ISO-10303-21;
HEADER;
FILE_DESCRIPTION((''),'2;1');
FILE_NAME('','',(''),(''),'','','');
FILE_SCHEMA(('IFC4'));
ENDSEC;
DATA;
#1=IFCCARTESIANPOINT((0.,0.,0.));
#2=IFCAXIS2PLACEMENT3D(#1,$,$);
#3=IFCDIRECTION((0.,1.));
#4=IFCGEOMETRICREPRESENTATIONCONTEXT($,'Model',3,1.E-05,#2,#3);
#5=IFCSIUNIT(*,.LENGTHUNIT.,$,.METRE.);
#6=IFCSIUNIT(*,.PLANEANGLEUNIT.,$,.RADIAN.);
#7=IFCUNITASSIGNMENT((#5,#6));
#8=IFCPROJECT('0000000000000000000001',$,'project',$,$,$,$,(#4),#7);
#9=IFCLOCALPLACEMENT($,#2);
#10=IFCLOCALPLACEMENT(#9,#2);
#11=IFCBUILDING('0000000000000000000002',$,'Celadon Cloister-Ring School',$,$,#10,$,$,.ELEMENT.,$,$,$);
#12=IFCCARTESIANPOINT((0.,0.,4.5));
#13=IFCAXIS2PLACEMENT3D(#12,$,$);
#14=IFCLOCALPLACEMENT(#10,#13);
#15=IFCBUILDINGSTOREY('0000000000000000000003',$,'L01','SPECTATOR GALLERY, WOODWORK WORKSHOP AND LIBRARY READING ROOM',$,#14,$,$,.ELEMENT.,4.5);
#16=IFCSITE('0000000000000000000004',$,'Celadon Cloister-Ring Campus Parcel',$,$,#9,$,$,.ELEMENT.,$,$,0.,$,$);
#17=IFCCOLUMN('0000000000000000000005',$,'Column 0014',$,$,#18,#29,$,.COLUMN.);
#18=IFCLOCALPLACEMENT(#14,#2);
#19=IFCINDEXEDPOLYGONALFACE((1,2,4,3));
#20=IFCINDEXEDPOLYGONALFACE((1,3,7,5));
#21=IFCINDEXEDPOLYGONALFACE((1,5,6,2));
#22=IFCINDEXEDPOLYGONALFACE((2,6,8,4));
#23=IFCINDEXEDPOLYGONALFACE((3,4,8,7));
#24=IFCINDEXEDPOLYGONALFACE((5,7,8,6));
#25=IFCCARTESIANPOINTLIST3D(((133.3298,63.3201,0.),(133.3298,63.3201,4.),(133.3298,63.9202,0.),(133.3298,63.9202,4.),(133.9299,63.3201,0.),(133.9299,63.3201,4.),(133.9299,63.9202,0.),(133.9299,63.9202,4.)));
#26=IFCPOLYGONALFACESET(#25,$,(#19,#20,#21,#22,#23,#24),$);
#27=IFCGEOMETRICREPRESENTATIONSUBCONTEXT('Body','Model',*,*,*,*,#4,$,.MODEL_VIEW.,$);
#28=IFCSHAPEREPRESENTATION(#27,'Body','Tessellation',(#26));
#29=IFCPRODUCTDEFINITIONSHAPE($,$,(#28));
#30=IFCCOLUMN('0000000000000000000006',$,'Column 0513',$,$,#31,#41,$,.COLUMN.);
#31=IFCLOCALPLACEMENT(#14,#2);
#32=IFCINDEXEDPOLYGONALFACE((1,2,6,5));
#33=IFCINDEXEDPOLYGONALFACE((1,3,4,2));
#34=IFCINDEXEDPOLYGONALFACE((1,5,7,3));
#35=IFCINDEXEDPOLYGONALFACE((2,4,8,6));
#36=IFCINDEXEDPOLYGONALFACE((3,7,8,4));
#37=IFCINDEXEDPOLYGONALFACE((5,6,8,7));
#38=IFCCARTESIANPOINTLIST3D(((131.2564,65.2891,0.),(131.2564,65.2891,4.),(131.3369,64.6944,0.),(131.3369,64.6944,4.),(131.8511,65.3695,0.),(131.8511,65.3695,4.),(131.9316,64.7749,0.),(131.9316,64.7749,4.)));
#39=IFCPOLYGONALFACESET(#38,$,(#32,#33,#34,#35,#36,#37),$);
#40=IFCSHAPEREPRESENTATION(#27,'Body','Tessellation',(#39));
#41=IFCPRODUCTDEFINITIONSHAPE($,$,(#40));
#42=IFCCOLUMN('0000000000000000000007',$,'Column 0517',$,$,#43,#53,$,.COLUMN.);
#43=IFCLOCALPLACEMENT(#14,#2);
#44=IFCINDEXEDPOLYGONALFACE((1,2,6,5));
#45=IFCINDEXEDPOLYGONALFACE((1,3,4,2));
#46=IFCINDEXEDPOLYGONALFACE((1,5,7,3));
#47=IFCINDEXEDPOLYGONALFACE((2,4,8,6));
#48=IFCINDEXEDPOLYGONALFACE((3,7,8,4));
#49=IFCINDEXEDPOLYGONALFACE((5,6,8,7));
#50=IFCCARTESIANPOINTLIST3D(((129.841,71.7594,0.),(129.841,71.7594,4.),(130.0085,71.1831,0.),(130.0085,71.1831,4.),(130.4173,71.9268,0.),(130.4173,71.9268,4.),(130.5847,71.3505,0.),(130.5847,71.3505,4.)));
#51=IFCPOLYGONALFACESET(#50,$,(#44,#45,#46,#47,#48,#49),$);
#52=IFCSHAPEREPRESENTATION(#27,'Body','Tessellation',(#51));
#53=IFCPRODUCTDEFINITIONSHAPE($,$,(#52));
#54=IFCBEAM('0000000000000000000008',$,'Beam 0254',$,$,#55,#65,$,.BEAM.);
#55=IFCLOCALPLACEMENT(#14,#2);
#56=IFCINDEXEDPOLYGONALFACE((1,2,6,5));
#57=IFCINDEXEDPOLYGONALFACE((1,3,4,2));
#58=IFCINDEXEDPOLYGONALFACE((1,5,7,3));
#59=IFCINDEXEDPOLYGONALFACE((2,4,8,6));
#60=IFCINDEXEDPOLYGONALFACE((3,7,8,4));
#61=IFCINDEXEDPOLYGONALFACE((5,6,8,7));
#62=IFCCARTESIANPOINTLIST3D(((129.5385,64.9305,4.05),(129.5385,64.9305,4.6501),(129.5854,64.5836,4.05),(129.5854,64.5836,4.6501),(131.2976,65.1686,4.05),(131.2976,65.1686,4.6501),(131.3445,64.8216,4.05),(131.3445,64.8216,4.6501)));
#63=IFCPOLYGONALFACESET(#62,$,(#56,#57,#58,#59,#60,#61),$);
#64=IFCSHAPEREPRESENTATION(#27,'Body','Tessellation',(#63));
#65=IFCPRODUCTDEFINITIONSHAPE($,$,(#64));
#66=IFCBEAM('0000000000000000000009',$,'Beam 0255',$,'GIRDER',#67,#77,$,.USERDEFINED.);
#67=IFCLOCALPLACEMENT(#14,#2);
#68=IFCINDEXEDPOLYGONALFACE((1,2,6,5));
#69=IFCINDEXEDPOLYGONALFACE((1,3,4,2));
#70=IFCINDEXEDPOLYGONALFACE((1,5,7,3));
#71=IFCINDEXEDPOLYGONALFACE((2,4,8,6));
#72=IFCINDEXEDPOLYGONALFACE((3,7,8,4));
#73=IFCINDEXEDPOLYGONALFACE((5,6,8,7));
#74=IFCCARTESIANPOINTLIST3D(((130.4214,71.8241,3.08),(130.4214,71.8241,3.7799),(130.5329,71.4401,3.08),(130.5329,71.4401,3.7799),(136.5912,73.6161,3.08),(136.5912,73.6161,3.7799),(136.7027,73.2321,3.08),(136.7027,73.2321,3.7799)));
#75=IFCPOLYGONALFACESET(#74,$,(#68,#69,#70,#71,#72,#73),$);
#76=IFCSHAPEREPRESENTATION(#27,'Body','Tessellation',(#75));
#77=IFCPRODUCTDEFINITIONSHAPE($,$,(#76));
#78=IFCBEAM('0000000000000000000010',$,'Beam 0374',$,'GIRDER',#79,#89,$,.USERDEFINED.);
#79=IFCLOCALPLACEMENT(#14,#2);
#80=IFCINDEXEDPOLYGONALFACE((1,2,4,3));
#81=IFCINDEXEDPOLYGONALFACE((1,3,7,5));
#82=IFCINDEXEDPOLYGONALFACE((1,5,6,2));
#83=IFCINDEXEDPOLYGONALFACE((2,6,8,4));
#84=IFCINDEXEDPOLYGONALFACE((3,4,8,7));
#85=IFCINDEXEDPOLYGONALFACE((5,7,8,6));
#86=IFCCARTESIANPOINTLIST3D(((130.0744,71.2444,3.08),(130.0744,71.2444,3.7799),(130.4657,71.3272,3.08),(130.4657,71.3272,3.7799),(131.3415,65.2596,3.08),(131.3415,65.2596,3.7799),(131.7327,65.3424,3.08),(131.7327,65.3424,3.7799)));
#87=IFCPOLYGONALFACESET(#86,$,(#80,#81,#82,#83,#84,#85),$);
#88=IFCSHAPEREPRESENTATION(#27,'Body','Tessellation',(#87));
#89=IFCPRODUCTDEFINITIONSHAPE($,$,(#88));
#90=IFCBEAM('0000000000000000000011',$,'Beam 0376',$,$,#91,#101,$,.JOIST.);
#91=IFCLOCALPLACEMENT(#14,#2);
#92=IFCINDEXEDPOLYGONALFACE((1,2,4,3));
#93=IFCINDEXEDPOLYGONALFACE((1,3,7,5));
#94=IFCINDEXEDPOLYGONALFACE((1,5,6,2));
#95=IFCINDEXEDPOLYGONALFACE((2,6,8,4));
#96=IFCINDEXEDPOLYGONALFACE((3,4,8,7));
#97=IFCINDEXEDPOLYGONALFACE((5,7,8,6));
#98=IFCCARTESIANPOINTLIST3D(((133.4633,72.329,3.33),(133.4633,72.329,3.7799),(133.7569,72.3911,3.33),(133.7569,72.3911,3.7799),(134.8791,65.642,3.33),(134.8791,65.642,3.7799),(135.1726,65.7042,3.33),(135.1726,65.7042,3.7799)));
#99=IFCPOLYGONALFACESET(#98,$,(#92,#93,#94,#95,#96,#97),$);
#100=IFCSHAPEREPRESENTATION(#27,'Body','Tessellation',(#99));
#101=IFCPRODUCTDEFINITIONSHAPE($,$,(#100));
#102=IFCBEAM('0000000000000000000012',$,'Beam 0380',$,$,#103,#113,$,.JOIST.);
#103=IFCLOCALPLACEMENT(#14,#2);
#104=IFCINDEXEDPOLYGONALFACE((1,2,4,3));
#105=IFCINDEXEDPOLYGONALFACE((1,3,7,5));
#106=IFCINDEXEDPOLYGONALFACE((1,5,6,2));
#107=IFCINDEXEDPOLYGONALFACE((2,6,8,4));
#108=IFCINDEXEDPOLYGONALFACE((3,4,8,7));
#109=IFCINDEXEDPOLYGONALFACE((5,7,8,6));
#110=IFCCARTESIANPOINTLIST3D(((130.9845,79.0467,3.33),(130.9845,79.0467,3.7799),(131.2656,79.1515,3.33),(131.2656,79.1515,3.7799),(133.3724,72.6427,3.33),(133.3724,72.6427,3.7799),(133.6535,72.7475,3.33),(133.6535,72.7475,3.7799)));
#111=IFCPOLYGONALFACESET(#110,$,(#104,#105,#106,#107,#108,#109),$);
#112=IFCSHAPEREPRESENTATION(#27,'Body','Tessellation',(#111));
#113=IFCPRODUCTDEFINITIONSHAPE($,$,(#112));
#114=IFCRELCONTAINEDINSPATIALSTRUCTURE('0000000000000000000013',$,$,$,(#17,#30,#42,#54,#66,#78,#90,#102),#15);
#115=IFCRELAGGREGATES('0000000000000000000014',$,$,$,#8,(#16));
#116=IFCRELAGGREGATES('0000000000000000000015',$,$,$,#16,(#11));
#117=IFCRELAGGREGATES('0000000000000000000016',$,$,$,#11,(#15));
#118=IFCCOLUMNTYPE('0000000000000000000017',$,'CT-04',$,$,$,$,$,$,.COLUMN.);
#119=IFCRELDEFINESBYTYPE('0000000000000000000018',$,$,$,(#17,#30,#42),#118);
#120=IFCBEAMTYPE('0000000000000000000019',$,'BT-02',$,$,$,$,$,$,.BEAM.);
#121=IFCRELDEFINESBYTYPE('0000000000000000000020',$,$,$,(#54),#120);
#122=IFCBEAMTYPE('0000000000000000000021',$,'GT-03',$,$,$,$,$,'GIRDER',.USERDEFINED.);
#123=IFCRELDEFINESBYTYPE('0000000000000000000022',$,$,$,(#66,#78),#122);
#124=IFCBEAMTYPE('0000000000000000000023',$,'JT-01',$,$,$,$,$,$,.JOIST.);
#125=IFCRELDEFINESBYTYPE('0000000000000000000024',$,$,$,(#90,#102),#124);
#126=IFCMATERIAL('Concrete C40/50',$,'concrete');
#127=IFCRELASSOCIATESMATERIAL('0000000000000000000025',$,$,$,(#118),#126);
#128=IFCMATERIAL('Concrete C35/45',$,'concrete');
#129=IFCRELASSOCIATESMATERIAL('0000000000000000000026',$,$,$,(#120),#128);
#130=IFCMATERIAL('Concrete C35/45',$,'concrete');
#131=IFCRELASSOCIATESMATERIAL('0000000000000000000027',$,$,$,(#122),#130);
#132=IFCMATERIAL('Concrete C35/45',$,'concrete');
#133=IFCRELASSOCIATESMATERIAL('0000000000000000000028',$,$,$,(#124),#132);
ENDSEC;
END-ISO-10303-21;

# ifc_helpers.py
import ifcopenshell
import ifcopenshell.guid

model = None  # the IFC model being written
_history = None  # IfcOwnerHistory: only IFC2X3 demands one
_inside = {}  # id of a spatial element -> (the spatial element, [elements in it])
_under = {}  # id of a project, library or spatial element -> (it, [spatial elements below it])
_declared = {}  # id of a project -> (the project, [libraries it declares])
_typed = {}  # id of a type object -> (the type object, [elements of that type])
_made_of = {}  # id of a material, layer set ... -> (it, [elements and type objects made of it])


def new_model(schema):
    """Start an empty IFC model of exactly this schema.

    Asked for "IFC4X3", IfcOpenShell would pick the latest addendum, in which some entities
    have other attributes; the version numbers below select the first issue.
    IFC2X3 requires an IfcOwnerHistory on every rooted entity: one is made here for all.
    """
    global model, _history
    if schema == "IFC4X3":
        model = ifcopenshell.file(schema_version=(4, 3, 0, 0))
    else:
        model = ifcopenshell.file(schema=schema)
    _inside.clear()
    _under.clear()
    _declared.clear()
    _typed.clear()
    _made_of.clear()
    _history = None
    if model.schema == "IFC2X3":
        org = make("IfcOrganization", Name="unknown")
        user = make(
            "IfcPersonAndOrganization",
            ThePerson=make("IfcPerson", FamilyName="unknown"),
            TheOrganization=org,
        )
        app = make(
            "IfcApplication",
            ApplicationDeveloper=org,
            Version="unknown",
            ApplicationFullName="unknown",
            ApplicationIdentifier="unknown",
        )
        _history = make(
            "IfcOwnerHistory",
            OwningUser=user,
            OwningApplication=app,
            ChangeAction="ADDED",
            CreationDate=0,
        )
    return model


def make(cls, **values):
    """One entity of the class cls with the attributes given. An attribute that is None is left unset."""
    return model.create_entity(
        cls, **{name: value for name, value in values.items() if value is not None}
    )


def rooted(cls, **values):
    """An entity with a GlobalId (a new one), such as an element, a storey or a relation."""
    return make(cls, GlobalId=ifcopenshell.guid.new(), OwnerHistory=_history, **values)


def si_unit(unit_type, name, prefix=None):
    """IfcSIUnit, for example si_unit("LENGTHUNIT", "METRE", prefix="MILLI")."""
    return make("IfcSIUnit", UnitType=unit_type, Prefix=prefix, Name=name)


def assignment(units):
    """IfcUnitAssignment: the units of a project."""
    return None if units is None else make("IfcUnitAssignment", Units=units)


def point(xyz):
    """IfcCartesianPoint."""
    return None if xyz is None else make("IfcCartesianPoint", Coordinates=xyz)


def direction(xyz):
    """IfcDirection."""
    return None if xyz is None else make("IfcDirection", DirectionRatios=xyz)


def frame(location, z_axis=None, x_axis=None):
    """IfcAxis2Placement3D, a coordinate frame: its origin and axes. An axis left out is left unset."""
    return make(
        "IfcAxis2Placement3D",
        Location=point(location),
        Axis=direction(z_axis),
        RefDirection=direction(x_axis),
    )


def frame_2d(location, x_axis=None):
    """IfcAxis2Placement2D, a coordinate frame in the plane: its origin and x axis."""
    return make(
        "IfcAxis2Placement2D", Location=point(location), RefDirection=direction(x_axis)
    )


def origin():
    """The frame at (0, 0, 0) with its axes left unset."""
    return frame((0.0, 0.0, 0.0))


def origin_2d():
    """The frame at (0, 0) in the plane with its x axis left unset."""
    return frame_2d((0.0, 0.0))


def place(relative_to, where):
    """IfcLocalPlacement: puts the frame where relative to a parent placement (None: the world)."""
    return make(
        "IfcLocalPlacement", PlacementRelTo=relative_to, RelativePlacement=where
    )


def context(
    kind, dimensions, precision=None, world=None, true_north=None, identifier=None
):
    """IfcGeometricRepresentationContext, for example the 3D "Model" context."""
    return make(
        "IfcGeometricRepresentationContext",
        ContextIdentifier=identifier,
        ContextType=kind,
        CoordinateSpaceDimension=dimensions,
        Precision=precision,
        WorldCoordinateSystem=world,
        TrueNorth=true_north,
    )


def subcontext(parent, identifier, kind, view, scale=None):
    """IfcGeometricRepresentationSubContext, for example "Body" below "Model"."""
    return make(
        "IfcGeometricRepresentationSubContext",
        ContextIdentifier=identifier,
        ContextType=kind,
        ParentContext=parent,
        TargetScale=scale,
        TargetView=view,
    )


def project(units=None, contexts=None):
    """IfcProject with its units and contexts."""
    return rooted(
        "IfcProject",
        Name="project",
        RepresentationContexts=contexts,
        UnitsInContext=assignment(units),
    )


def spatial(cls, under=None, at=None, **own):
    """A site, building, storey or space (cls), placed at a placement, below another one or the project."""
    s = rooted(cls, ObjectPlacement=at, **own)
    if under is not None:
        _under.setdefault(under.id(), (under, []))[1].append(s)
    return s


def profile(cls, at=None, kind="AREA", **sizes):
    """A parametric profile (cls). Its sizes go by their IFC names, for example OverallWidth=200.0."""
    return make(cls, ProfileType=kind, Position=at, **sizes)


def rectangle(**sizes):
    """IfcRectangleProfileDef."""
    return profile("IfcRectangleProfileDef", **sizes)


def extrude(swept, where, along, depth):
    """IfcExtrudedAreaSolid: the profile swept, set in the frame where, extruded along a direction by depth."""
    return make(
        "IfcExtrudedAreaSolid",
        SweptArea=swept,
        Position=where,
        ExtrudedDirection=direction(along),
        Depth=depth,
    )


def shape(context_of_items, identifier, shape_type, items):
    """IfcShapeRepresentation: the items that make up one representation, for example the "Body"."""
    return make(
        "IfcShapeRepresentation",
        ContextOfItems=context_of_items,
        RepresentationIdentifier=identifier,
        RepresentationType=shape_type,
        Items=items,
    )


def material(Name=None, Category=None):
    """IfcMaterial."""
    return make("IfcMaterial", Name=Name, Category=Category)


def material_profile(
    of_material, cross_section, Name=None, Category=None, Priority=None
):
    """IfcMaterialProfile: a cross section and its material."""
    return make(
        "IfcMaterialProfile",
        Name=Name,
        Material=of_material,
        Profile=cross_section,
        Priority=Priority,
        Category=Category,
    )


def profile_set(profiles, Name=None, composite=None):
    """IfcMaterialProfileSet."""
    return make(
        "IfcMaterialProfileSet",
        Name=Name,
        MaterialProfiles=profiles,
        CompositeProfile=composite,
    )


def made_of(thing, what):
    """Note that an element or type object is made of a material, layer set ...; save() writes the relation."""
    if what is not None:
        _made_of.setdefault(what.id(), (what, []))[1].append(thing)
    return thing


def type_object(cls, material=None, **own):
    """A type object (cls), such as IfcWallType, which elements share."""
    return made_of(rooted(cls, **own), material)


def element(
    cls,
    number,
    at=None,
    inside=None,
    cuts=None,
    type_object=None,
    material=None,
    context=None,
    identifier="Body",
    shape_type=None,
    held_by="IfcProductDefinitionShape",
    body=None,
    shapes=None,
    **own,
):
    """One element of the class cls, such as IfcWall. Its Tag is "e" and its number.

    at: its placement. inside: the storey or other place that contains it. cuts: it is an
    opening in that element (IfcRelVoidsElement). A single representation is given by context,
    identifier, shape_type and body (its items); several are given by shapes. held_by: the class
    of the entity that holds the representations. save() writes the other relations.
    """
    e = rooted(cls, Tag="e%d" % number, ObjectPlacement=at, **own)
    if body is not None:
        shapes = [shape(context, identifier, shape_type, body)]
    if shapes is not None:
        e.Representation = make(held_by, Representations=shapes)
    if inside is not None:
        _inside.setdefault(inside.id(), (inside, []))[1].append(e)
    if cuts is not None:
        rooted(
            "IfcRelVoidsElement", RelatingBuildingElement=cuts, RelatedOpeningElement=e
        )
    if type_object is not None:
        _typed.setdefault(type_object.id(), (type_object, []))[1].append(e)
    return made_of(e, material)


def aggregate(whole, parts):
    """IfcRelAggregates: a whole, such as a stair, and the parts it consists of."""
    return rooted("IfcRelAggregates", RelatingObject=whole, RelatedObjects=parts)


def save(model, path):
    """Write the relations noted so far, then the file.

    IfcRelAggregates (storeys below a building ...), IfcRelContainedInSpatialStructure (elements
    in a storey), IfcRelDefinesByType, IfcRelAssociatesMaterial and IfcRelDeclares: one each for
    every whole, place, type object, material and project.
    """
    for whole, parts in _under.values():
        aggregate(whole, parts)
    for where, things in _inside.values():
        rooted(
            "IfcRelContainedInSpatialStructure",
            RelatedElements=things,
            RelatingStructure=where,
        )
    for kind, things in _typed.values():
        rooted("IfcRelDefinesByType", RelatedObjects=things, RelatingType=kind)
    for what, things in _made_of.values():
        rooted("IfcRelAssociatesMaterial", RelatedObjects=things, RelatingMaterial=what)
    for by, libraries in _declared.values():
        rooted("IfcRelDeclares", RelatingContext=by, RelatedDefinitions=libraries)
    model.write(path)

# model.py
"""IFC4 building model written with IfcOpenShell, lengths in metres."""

from ifc_helpers import new_model, si_unit, direction, frame, origin, origin_2d, place, context, subcontext, project, spatial, rectangle, extrude, material, material_profile, profile_set, type_object, element, save


model = new_model("IFC4")

# Units and contexts
model_context = context("Model", 3, precision=1e-05, world=origin(), true_north=direction((0.0, 1.0)))
body_context = subcontext(model_context, "Body", "Model", "MODEL_VIEW")
ifc_project = project(units=[si_unit("LENGTHUNIT", "METRE"), si_unit("PLANEANGLEUNIT", "RADIAN")], contexts=[model_context])

# Site, building, storey
site_placement = place(None, origin())
site = spatial("IfcSite", under=ifc_project, at=site_placement, Name="Celadon Cloister-Ring Campus Parcel", CompositionType="ELEMENT", RefElevation=0.0)
building_placement = place(site_placement, origin())
building = spatial("IfcBuilding", under=site, at=building_placement, Name="Celadon Cloister-Ring School", CompositionType="ELEMENT")
storey_placement = place(building_placement, frame((0.0, 0.0, 4.5)))
storey = spatial("IfcBuildingStorey", under=building, at=storey_placement, Name="L01", Description="SPECTATOR GALLERY, WOODWORK WORKSHOP AND LIBRARY READING ROOM", CompositionType="ELEMENT", Elevation=4.5)

# Columns
ifc_material_1 = material(Name="Concrete C40/50", Category="concrete")
ifc_material_profile_1 = material_profile(ifc_material_1, rectangle(XDim=0.6001, YDim=0.6001, at=origin_2d()), Name="RC600X600")
ifc_profile_set_1 = profile_set([ifc_material_profile_1], Name="Concrete C40/50")
column_type = type_object("IfcColumnType", Name="CT-04", PredefinedType="COLUMN", material=ifc_profile_set_1)
for number, where, z_axis, x_axis, name in (
    (1, (133.6299, 63.6201, 0.0), (0.0, 0.0, 1.0), (1.0, 0.0, 0.0), "Column 0014"),
    (2, (131.594, 65.032, 0.0), (0.0, 0.0, 1.0), (0.990974, 0.134055, 0.0), "Column 0513"),
    (3, (130.2129, 71.5549, 0.0), (0.0, 0.0, 1.0), (0.960294, 0.278991, 0.0), "Column 0517"),
):
    element("IfcColumn", number, at=place(storey_placement, frame(where, z_axis=z_axis, x_axis=x_axis)), inside=storey, type_object=column_type, Name=name, PredefinedType="COLUMN", context=body_context, shape_type="SweptSolid", body=[
        extrude(rectangle(XDim=0.6001, YDim=0.6001, at=origin_2d()), origin(), (0.0, 0.0, 1.0), 4.0),
    ])

# Beams
ifc_material_2 = material(Name="Concrete C35/45", Category="concrete")
ifc_material_profile_2 = material_profile(ifc_material_2, rectangle(XDim=0.3501, YDim=0.6001, at=origin_2d()), Name="RC350X600")
ifc_profile_set_2 = profile_set([ifc_material_profile_2], Name="Concrete C35/45")
beam_type_1 = type_object("IfcBeamType", Name="BT-02", PredefinedType="BEAM", material=ifc_profile_set_2)
beam_1_placement = place(storey_placement, frame((131.321, 64.9951, 4.3501), z_axis=(-0.990968, -0.1341, 0.0), x_axis=(0.1341, -0.990968, 0.0)))
element("IfcBeam", 4, at=beam_1_placement, inside=storey, type_object=beam_type_1, Name="Beam 0254", PredefinedType="BEAM", context=body_context, shape_type="SweptSolid", body=[
    extrude(rectangle(XDim=0.3501, YDim=0.6001, at=origin_2d()), origin(), (0.0, 0.0, 1.0), 1.7751),
])
ifc_material_3 = material(Name="Concrete C35/45", Category="concrete")
ifc_material_profile_3 = material_profile(ifc_material_3, rectangle(XDim=0.3999, YDim=0.7, at=origin_2d()), Name="RC400X700")
ifc_profile_set_3 = profile_set([ifc_material_profile_3], Name="Concrete C35/45")
beam_type_2 = type_object("IfcBeamType", Name="GT-03", ElementType="GIRDER", PredefinedType="USERDEFINED", material=ifc_profile_set_3)
beam_2_placement = place(storey_placement, frame((136.647, 73.4241, 3.4299), z_axis=(-0.960316, -0.278914, 0.0), x_axis=(0.278914, -0.960316, 0.0)))
element("IfcBeam", 5, at=beam_2_placement, inside=storey, type_object=beam_type_2, Name="Beam 0255", ObjectType="GIRDER", PredefinedType="USERDEFINED", context=body_context, shape_type="SweptSolid", body=[
    extrude(rectangle(XDim=0.3999, YDim=0.7, at=origin_2d()), origin(), (0.0, 0.0, 1.0), 6.4248),
])
beam_3_placement = place(storey_placement, frame((131.5371, 65.301, 3.4299), z_axis=(-0.207125, 0.978315, 0.0), x_axis=(-0.978315, -0.207125, 0.0)))
element("IfcBeam", 6, at=beam_3_placement, inside=storey, type_object=beam_type_2, Name="Beam 0374", ObjectType="GIRDER", PredefinedType="USERDEFINED", context=body_context, shape_type="SweptSolid", body=[
    extrude(rectangle(XDim=0.3999, YDim=0.7, at=origin_2d()), origin(), (0.0, 0.0, 1.0), 6.1174),
])
ifc_material_4 = material(Name="Concrete C35/45", Category="concrete")
ifc_material_profile_4 = material_profile(ifc_material_4, rectangle(XDim=0.3, YDim=0.45, at=origin_2d()), Name="RC300X450")
ifc_profile_set_4 = profile_set([ifc_material_profile_4], Name="Concrete C35/45")
beam_type_3 = type_object("IfcBeamType", Name="JT-01", PredefinedType="JOIST", material=ifc_profile_set_4)
beam_4_placement = place(storey_placement, frame((135.0259, 65.6731, 3.5549), z_axis=(-0.207128, 0.978314, 0.0), x_axis=(-0.978314, -0.207128, 0.0)))
element("IfcBeam", 7, at=beam_4_placement, inside=storey, type_object=beam_type_3, Name="Beam 0376", PredefinedType="JOIST", context=body_context, shape_type="SweptSolid", body=[
    extrude(rectangle(XDim=0.3, YDim=0.45, at=origin_2d()), origin(), (0.0, 0.0, 1.0), 6.8352),
])
beam_5_placement = place(storey_placement, frame((133.5129, 72.6951, 3.5549), z_axis=(-0.349381, 0.936981, 0.0), x_axis=(-0.936981, -0.349381, 0.0)))
element("IfcBeam", 8, at=beam_5_placement, inside=storey, type_object=beam_type_3, Name="Beam 0380", PredefinedType="JOIST", context=body_context, shape_type="SweptSolid", body=[
    extrude(rectangle(XDim=0.3, YDim=0.45, at=origin_2d()), origin(), (0.0, 0.0, 1.0), 6.8347),
])

save(model, "model.ifc")
